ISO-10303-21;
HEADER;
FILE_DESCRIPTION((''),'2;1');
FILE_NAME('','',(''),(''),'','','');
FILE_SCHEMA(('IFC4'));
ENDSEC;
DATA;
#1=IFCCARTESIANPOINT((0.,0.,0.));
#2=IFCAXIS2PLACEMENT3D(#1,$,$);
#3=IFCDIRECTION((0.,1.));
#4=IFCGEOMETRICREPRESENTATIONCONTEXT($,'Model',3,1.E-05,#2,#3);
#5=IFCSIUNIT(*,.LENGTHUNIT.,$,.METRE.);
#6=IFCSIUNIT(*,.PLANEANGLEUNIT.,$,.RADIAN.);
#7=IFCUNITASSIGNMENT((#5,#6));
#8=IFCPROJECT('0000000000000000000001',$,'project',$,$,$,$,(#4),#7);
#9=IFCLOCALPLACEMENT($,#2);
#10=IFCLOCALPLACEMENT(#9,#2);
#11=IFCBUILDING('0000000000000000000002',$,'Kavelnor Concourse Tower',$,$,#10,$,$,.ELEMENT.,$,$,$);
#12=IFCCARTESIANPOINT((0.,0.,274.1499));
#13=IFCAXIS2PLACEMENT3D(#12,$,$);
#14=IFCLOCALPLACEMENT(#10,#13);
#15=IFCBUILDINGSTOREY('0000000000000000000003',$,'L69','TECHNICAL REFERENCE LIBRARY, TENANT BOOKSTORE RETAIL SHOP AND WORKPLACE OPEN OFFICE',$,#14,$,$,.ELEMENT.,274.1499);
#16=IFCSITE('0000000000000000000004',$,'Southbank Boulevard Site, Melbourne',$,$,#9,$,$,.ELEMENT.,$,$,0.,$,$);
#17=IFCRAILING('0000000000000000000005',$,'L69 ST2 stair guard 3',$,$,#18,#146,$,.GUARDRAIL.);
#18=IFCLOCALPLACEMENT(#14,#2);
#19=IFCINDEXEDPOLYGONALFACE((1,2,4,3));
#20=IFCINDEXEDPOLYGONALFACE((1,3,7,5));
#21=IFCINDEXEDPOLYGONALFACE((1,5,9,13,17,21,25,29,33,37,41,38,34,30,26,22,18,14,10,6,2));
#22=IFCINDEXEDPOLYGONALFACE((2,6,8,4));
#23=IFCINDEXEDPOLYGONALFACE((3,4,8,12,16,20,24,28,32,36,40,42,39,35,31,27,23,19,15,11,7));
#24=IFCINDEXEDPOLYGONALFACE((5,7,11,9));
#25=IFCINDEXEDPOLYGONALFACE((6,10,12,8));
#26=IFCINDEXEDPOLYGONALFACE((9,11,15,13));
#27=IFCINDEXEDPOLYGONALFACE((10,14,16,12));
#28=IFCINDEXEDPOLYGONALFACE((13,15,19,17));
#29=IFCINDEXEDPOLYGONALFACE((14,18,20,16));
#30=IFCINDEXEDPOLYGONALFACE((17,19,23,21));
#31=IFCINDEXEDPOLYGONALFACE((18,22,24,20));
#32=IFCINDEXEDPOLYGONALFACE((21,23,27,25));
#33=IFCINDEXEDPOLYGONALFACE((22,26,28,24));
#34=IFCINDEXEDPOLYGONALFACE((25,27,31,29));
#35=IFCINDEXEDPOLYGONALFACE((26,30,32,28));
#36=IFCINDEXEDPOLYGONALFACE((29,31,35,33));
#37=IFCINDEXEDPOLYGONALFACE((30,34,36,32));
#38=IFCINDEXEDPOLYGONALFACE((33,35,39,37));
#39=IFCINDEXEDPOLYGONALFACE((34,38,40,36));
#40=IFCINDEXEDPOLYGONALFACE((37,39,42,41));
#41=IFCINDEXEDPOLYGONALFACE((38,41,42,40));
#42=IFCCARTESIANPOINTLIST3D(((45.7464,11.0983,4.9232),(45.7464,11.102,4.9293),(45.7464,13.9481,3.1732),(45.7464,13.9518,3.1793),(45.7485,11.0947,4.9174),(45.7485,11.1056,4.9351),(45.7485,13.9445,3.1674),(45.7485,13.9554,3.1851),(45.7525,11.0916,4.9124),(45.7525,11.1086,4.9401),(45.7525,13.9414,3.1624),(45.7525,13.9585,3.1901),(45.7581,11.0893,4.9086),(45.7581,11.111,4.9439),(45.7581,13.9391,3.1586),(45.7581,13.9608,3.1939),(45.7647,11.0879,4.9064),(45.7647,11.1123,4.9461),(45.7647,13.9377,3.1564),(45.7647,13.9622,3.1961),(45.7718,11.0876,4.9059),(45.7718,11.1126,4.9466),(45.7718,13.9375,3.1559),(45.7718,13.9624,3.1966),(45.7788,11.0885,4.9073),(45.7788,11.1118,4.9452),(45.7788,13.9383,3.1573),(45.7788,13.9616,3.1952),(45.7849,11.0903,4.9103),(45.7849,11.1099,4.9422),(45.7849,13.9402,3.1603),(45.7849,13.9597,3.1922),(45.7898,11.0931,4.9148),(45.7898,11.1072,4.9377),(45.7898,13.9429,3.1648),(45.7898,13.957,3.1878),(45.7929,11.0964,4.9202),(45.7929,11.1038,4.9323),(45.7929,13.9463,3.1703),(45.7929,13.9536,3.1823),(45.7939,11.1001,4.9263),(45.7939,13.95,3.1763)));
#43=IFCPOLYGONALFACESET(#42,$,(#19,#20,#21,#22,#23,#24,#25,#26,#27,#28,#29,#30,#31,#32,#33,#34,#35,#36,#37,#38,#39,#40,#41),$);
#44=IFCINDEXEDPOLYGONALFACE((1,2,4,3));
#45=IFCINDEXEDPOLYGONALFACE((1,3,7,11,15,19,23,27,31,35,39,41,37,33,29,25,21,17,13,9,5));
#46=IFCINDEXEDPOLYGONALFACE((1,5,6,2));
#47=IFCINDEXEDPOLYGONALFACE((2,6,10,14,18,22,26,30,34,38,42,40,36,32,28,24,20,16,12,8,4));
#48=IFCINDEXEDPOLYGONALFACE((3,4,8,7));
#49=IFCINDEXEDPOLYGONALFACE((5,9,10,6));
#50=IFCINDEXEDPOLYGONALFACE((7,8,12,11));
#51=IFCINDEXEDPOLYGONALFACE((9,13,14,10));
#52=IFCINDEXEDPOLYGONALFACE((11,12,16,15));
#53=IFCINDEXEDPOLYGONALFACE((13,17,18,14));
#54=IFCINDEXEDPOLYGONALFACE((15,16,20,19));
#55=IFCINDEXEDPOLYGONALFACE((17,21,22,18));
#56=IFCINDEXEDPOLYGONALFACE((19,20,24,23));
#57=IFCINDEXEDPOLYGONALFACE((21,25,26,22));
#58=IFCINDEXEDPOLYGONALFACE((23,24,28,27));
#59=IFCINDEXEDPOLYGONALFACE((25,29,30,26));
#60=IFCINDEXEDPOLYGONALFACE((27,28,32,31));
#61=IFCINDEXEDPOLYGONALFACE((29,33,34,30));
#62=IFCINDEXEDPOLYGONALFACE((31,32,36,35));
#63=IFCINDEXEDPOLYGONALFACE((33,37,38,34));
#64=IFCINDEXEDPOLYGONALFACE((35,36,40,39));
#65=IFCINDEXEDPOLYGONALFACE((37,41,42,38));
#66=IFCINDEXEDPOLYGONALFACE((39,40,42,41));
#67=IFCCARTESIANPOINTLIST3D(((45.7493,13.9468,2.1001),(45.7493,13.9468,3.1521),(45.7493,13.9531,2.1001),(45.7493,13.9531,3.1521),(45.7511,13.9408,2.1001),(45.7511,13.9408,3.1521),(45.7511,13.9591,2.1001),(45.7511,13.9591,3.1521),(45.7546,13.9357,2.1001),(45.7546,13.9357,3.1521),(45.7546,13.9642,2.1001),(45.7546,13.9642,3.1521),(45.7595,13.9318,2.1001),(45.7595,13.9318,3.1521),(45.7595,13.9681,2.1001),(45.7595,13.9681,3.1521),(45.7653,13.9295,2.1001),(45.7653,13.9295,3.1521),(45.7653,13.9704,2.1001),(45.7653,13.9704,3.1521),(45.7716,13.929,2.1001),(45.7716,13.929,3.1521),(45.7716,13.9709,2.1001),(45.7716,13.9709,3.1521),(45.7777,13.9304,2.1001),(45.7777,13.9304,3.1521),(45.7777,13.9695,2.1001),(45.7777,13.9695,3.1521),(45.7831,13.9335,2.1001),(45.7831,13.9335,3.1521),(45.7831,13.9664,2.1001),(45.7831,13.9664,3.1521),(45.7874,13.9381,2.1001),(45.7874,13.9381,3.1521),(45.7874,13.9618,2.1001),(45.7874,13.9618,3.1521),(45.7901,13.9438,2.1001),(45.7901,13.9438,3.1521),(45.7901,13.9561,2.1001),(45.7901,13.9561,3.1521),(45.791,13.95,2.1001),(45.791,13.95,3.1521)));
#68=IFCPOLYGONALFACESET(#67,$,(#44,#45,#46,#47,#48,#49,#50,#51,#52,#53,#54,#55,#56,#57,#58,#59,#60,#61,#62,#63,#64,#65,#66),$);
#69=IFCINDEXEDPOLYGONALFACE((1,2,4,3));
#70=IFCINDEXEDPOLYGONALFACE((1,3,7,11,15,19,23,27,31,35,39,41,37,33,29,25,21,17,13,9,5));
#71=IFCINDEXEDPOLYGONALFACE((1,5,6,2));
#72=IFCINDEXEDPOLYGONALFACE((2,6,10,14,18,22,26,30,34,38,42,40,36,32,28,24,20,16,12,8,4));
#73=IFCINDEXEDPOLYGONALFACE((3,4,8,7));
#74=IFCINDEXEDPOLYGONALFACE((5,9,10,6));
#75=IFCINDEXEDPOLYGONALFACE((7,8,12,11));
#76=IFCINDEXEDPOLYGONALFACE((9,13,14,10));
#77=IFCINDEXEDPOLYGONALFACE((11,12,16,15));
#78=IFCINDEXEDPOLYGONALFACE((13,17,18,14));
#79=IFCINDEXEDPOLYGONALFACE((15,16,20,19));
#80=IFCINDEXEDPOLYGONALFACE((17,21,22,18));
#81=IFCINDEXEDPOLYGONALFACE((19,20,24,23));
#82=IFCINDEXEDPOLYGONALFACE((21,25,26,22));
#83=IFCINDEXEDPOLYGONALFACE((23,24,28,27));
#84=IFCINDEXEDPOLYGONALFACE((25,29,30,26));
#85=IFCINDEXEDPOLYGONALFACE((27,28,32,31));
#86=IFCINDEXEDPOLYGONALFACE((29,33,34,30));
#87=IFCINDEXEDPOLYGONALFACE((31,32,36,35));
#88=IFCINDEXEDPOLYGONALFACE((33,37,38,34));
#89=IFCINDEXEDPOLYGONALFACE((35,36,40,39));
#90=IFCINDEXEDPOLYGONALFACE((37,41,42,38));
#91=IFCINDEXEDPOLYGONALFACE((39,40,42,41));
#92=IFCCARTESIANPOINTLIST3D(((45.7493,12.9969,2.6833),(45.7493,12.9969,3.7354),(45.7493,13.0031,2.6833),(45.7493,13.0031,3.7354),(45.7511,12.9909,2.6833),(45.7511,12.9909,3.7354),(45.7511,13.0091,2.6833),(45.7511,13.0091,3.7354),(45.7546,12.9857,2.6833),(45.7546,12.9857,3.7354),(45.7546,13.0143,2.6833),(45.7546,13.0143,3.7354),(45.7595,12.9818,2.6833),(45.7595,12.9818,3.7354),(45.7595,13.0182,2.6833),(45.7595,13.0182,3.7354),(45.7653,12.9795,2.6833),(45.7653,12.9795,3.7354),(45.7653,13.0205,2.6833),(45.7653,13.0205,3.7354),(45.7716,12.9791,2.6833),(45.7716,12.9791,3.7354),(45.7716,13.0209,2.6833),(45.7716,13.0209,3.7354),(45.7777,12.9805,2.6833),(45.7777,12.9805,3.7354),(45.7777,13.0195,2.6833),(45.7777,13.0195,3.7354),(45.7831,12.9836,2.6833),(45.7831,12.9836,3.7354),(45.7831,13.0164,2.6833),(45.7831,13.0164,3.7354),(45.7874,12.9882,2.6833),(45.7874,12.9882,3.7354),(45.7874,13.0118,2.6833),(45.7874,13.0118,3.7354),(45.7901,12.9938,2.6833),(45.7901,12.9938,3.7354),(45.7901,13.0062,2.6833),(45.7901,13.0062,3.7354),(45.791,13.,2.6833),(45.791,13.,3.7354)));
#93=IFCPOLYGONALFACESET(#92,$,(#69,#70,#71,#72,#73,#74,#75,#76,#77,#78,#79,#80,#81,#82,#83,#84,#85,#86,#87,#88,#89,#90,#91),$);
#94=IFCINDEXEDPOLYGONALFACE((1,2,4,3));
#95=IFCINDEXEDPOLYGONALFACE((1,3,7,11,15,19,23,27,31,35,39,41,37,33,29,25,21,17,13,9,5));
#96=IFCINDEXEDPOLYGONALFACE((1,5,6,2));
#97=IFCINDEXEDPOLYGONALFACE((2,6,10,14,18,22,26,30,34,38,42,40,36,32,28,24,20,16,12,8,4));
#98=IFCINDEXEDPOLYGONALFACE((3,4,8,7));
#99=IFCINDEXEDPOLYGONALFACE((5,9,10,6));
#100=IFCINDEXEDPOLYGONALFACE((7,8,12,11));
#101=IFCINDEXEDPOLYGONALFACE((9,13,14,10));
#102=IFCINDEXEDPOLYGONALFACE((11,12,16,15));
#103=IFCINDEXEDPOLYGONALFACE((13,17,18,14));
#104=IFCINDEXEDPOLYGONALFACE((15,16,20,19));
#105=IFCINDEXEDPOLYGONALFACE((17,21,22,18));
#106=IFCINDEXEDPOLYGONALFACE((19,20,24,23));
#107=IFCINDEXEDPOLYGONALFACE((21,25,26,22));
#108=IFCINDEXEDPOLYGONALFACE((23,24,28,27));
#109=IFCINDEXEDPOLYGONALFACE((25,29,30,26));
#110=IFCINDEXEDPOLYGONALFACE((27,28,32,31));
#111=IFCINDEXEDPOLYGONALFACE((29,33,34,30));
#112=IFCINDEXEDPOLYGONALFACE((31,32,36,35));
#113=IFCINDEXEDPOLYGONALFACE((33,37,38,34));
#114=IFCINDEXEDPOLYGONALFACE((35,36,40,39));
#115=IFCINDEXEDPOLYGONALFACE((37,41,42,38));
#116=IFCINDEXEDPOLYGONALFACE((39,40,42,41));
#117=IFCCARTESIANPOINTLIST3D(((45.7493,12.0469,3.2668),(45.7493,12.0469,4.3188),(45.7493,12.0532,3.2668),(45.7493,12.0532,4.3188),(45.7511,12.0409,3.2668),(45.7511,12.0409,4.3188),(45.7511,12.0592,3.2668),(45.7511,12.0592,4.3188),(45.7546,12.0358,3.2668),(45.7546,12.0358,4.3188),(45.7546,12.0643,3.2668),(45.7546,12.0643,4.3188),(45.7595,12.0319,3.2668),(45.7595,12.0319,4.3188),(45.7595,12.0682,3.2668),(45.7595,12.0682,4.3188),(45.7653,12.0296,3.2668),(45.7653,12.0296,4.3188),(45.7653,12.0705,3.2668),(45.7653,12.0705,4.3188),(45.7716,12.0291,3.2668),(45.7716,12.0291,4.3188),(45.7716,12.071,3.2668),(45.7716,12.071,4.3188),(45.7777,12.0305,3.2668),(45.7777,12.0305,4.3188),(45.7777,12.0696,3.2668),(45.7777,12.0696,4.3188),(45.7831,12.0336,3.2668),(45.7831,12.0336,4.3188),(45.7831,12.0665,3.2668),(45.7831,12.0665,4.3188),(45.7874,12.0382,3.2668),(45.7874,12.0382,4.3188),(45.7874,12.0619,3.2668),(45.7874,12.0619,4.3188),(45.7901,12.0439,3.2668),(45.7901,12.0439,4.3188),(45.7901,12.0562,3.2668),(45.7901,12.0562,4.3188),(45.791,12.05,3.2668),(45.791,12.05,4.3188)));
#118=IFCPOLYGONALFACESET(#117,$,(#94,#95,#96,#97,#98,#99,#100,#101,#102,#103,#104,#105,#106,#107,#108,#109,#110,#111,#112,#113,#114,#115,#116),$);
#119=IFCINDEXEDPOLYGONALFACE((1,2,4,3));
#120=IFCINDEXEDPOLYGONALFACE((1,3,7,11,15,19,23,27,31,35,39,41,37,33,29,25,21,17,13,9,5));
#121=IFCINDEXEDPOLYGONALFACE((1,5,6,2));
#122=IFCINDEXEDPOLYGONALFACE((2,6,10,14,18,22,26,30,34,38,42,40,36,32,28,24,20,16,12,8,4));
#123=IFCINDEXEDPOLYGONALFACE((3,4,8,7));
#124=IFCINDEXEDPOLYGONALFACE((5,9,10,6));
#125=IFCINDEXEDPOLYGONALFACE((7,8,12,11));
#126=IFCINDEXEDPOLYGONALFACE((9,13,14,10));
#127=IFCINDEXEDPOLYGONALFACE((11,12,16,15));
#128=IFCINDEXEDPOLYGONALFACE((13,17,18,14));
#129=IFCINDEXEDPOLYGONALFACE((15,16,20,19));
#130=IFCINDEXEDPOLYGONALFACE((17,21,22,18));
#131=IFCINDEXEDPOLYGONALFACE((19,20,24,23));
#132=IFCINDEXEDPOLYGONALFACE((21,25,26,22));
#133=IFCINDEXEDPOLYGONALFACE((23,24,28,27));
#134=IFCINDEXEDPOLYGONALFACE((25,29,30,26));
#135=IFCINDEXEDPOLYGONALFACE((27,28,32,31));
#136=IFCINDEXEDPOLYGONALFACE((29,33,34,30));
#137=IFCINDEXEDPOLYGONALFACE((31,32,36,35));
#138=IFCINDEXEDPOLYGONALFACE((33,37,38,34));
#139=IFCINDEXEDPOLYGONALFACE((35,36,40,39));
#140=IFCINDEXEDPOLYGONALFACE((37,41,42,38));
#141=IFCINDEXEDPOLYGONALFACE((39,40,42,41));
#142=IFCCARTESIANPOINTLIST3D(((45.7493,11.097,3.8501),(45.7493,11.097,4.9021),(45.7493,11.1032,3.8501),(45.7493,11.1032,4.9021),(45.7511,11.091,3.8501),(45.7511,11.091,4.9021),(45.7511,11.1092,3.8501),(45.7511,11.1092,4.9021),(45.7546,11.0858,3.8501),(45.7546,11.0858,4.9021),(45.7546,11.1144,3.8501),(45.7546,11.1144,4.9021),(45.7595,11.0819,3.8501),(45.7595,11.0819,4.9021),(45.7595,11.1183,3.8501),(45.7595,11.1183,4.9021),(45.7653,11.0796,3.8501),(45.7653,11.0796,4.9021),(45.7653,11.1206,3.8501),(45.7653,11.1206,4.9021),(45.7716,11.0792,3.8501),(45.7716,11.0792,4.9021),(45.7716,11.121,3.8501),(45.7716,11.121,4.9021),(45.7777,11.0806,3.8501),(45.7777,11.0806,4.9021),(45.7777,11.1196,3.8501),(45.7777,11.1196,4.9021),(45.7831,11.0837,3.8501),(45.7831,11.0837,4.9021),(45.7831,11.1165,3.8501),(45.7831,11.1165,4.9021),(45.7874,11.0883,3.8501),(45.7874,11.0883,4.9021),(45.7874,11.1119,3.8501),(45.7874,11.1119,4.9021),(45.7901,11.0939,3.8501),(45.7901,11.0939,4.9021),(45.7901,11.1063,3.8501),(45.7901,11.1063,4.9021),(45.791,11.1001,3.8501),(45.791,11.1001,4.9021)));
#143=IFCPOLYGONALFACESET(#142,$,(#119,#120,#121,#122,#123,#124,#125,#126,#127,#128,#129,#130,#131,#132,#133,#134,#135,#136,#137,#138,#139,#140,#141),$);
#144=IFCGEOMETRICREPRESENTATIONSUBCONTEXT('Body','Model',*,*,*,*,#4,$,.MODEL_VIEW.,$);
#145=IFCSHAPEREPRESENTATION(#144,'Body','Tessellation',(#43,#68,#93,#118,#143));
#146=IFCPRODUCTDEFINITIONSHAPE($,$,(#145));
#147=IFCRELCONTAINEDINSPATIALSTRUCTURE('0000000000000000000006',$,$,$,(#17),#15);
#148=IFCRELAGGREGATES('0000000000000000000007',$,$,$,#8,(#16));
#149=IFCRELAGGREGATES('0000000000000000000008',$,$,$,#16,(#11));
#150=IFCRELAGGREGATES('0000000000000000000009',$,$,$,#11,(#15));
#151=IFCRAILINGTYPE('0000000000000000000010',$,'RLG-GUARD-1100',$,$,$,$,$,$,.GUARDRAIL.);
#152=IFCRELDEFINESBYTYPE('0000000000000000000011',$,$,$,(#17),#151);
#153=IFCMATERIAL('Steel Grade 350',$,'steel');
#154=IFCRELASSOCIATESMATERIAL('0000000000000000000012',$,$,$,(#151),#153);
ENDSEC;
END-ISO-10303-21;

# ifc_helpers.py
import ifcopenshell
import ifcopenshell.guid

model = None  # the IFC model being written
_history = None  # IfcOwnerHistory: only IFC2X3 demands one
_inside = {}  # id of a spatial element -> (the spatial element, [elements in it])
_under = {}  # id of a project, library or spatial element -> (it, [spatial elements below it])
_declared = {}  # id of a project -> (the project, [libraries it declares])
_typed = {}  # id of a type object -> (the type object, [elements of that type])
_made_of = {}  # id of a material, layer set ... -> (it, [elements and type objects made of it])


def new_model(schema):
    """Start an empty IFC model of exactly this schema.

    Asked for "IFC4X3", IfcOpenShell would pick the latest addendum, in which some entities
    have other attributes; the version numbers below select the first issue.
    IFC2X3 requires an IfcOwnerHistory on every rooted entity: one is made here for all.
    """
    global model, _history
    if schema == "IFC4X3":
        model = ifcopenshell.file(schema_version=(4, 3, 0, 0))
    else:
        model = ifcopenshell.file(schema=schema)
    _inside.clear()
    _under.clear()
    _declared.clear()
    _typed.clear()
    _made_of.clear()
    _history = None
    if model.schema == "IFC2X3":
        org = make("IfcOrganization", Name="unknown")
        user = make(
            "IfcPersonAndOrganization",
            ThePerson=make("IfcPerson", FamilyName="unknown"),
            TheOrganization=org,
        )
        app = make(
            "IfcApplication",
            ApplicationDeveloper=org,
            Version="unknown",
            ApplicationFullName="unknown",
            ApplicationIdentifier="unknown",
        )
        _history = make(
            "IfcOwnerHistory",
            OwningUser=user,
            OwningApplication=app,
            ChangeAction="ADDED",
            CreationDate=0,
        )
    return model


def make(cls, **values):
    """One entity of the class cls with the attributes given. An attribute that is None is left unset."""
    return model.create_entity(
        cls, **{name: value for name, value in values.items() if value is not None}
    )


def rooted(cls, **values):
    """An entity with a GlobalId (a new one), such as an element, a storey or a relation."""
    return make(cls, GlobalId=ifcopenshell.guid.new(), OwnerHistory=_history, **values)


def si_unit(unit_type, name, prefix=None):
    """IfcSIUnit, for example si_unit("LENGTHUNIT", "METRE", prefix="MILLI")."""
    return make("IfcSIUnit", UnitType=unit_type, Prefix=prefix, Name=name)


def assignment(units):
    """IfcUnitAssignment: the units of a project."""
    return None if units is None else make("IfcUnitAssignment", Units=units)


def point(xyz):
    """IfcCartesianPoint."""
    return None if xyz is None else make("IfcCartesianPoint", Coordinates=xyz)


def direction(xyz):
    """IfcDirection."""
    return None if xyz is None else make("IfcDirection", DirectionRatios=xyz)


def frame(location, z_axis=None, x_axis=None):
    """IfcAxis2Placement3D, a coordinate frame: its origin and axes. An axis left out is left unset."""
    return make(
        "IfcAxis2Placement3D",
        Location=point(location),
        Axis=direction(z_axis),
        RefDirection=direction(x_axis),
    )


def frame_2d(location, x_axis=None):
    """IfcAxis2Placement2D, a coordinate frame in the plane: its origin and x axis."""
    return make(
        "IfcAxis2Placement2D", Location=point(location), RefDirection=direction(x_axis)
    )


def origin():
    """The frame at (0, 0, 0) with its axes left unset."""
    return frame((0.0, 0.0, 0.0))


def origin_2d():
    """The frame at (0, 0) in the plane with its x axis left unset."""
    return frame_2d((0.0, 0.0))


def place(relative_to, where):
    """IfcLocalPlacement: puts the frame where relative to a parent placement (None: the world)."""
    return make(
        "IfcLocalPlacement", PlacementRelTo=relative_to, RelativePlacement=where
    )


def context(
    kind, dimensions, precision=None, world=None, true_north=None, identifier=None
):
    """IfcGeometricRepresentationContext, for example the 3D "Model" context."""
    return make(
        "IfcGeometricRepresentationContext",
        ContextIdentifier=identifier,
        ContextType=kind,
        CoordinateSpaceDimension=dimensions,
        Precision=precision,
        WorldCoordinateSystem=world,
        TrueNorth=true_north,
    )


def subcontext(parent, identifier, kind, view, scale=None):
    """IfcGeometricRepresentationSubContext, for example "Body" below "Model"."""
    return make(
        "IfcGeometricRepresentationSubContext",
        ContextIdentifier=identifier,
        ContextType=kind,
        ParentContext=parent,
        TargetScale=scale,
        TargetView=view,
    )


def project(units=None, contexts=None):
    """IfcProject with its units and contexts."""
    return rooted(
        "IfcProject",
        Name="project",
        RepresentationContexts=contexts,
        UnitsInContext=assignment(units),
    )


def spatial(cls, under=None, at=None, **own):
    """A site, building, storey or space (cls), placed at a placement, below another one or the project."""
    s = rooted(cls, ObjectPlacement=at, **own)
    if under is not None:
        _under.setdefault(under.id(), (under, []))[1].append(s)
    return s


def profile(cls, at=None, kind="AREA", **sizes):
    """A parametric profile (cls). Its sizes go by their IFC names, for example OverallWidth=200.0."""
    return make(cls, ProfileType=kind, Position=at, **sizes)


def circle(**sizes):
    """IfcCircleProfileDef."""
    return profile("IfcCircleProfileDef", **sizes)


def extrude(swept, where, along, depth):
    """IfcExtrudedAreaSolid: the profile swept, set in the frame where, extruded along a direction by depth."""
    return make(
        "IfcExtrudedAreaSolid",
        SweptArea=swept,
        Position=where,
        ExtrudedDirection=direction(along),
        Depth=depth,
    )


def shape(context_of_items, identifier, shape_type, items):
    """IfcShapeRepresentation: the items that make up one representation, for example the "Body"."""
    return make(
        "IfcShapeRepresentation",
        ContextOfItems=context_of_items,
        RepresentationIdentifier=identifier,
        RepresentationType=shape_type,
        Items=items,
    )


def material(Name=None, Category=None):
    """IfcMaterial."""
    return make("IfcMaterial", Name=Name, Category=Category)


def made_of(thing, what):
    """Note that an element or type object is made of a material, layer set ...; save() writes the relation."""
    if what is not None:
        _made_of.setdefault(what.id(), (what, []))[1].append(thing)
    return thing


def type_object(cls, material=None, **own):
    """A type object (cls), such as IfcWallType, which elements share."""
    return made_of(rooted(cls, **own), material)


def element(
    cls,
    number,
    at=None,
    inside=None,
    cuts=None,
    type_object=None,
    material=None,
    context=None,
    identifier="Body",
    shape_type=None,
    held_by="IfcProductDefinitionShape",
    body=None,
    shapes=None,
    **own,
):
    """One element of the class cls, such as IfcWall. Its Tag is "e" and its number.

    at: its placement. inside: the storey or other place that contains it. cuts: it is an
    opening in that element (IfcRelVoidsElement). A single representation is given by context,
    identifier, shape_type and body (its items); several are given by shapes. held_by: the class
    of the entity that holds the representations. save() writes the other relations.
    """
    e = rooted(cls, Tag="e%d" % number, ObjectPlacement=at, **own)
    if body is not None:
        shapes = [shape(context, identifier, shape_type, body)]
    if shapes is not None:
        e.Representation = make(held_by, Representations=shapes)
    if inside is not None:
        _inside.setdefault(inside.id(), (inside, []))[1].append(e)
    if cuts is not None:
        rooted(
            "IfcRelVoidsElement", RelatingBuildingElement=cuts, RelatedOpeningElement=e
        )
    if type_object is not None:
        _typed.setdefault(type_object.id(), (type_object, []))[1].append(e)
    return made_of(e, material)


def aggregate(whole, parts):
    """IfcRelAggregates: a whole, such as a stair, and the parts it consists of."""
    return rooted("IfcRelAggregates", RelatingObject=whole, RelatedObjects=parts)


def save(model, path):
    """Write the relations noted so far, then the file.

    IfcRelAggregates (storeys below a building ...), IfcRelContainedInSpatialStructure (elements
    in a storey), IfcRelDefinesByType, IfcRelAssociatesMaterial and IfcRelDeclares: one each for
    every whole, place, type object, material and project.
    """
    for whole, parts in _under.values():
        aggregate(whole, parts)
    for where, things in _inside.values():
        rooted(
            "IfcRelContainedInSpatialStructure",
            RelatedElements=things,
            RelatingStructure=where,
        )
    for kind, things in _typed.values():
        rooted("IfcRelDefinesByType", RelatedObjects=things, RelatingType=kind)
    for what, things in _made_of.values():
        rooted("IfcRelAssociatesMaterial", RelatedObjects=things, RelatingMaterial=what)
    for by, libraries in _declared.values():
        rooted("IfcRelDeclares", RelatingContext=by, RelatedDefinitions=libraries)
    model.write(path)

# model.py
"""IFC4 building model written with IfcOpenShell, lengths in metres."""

from ifc_helpers import new_model, si_unit, direction, frame, origin, origin_2d, place, context, subcontext, project, spatial, circle, extrude, material, type_object, element, save


model = new_model("IFC4")

# Units and contexts
model_context = context("Model", 3, precision=1e-05, world=origin(), true_north=direction((0.0, 1.0)))
body_context = subcontext(model_context, "Body", "Model", "MODEL_VIEW")
ifc_project = project(units=[si_unit("LENGTHUNIT", "METRE"), si_unit("PLANEANGLEUNIT", "RADIAN")], contexts=[model_context])

# Site, building, storey
site_placement = place(None, origin())
site = spatial("IfcSite", under=ifc_project, at=site_placement, Name="Southbank Boulevard Site, Melbourne", CompositionType="ELEMENT", RefElevation=0.0)
building_placement = place(site_placement, origin())
building = spatial("IfcBuilding", under=site, at=building_placement, Name="Kavelnor Concourse Tower", CompositionType="ELEMENT")
storey_placement = place(building_placement, frame((0.0, 0.0, 274.1499)))
storey = spatial("IfcBuildingStorey", under=building, at=storey_placement, Name="L69", Description="TECHNICAL REFERENCE LIBRARY, TENANT BOOKSTORE RETAIL SHOP AND WORKPLACE OPEN OFFICE", CompositionType="ELEMENT", Elevation=274.1499)

# Shared definitions
ifc_material_1 = material(Name="Steel Grade 350", Category="steel")

# Railing
railing_type_1 = type_object("IfcRailingType", Name="RLG-GUARD-1100", PredefinedType="GUARDRAIL", material=ifc_material_1)
railing_1_placement = place(storey_placement, frame((45.77, 13.95, 2.1001)))
element("IfcRailing", 1, at=railing_1_placement, inside=storey, type_object=railing_type_1, Name="L69 ST2 stair guard 3", PredefinedType="GUARDRAIL", context=body_context, shape_type="SweptSolid", body=[
    extrude(circle(Radius=0.0239, at=origin_2d()), frame((0.0, 0.0, 1.0762), z_axis=(0.0, -0.852159, 0.523283), x_axis=(1.0, 0.0, 0.0)), (0.0, 0.0, 1.0), 3.3442),
    extrude(circle(Radius=0.021, at=origin_2d()), origin(), (0.0, 0.0, 1.0), 1.052),
    extrude(circle(Radius=0.021, at=origin_2d()), frame((0.0, -0.95, 0.5833)), (0.0, 0.0, 1.0), 1.052),
    extrude(circle(Radius=0.021, at=origin_2d()), frame((0.0, -1.8999, 1.1667)), (0.0, 0.0, 1.0), 1.052),
    extrude(circle(Radius=0.021, at=origin_2d()), frame((0.0, -2.8499, 1.75)), (0.0, 0.0, 1.0), 1.052),
])

save(model, "model.ifc")
